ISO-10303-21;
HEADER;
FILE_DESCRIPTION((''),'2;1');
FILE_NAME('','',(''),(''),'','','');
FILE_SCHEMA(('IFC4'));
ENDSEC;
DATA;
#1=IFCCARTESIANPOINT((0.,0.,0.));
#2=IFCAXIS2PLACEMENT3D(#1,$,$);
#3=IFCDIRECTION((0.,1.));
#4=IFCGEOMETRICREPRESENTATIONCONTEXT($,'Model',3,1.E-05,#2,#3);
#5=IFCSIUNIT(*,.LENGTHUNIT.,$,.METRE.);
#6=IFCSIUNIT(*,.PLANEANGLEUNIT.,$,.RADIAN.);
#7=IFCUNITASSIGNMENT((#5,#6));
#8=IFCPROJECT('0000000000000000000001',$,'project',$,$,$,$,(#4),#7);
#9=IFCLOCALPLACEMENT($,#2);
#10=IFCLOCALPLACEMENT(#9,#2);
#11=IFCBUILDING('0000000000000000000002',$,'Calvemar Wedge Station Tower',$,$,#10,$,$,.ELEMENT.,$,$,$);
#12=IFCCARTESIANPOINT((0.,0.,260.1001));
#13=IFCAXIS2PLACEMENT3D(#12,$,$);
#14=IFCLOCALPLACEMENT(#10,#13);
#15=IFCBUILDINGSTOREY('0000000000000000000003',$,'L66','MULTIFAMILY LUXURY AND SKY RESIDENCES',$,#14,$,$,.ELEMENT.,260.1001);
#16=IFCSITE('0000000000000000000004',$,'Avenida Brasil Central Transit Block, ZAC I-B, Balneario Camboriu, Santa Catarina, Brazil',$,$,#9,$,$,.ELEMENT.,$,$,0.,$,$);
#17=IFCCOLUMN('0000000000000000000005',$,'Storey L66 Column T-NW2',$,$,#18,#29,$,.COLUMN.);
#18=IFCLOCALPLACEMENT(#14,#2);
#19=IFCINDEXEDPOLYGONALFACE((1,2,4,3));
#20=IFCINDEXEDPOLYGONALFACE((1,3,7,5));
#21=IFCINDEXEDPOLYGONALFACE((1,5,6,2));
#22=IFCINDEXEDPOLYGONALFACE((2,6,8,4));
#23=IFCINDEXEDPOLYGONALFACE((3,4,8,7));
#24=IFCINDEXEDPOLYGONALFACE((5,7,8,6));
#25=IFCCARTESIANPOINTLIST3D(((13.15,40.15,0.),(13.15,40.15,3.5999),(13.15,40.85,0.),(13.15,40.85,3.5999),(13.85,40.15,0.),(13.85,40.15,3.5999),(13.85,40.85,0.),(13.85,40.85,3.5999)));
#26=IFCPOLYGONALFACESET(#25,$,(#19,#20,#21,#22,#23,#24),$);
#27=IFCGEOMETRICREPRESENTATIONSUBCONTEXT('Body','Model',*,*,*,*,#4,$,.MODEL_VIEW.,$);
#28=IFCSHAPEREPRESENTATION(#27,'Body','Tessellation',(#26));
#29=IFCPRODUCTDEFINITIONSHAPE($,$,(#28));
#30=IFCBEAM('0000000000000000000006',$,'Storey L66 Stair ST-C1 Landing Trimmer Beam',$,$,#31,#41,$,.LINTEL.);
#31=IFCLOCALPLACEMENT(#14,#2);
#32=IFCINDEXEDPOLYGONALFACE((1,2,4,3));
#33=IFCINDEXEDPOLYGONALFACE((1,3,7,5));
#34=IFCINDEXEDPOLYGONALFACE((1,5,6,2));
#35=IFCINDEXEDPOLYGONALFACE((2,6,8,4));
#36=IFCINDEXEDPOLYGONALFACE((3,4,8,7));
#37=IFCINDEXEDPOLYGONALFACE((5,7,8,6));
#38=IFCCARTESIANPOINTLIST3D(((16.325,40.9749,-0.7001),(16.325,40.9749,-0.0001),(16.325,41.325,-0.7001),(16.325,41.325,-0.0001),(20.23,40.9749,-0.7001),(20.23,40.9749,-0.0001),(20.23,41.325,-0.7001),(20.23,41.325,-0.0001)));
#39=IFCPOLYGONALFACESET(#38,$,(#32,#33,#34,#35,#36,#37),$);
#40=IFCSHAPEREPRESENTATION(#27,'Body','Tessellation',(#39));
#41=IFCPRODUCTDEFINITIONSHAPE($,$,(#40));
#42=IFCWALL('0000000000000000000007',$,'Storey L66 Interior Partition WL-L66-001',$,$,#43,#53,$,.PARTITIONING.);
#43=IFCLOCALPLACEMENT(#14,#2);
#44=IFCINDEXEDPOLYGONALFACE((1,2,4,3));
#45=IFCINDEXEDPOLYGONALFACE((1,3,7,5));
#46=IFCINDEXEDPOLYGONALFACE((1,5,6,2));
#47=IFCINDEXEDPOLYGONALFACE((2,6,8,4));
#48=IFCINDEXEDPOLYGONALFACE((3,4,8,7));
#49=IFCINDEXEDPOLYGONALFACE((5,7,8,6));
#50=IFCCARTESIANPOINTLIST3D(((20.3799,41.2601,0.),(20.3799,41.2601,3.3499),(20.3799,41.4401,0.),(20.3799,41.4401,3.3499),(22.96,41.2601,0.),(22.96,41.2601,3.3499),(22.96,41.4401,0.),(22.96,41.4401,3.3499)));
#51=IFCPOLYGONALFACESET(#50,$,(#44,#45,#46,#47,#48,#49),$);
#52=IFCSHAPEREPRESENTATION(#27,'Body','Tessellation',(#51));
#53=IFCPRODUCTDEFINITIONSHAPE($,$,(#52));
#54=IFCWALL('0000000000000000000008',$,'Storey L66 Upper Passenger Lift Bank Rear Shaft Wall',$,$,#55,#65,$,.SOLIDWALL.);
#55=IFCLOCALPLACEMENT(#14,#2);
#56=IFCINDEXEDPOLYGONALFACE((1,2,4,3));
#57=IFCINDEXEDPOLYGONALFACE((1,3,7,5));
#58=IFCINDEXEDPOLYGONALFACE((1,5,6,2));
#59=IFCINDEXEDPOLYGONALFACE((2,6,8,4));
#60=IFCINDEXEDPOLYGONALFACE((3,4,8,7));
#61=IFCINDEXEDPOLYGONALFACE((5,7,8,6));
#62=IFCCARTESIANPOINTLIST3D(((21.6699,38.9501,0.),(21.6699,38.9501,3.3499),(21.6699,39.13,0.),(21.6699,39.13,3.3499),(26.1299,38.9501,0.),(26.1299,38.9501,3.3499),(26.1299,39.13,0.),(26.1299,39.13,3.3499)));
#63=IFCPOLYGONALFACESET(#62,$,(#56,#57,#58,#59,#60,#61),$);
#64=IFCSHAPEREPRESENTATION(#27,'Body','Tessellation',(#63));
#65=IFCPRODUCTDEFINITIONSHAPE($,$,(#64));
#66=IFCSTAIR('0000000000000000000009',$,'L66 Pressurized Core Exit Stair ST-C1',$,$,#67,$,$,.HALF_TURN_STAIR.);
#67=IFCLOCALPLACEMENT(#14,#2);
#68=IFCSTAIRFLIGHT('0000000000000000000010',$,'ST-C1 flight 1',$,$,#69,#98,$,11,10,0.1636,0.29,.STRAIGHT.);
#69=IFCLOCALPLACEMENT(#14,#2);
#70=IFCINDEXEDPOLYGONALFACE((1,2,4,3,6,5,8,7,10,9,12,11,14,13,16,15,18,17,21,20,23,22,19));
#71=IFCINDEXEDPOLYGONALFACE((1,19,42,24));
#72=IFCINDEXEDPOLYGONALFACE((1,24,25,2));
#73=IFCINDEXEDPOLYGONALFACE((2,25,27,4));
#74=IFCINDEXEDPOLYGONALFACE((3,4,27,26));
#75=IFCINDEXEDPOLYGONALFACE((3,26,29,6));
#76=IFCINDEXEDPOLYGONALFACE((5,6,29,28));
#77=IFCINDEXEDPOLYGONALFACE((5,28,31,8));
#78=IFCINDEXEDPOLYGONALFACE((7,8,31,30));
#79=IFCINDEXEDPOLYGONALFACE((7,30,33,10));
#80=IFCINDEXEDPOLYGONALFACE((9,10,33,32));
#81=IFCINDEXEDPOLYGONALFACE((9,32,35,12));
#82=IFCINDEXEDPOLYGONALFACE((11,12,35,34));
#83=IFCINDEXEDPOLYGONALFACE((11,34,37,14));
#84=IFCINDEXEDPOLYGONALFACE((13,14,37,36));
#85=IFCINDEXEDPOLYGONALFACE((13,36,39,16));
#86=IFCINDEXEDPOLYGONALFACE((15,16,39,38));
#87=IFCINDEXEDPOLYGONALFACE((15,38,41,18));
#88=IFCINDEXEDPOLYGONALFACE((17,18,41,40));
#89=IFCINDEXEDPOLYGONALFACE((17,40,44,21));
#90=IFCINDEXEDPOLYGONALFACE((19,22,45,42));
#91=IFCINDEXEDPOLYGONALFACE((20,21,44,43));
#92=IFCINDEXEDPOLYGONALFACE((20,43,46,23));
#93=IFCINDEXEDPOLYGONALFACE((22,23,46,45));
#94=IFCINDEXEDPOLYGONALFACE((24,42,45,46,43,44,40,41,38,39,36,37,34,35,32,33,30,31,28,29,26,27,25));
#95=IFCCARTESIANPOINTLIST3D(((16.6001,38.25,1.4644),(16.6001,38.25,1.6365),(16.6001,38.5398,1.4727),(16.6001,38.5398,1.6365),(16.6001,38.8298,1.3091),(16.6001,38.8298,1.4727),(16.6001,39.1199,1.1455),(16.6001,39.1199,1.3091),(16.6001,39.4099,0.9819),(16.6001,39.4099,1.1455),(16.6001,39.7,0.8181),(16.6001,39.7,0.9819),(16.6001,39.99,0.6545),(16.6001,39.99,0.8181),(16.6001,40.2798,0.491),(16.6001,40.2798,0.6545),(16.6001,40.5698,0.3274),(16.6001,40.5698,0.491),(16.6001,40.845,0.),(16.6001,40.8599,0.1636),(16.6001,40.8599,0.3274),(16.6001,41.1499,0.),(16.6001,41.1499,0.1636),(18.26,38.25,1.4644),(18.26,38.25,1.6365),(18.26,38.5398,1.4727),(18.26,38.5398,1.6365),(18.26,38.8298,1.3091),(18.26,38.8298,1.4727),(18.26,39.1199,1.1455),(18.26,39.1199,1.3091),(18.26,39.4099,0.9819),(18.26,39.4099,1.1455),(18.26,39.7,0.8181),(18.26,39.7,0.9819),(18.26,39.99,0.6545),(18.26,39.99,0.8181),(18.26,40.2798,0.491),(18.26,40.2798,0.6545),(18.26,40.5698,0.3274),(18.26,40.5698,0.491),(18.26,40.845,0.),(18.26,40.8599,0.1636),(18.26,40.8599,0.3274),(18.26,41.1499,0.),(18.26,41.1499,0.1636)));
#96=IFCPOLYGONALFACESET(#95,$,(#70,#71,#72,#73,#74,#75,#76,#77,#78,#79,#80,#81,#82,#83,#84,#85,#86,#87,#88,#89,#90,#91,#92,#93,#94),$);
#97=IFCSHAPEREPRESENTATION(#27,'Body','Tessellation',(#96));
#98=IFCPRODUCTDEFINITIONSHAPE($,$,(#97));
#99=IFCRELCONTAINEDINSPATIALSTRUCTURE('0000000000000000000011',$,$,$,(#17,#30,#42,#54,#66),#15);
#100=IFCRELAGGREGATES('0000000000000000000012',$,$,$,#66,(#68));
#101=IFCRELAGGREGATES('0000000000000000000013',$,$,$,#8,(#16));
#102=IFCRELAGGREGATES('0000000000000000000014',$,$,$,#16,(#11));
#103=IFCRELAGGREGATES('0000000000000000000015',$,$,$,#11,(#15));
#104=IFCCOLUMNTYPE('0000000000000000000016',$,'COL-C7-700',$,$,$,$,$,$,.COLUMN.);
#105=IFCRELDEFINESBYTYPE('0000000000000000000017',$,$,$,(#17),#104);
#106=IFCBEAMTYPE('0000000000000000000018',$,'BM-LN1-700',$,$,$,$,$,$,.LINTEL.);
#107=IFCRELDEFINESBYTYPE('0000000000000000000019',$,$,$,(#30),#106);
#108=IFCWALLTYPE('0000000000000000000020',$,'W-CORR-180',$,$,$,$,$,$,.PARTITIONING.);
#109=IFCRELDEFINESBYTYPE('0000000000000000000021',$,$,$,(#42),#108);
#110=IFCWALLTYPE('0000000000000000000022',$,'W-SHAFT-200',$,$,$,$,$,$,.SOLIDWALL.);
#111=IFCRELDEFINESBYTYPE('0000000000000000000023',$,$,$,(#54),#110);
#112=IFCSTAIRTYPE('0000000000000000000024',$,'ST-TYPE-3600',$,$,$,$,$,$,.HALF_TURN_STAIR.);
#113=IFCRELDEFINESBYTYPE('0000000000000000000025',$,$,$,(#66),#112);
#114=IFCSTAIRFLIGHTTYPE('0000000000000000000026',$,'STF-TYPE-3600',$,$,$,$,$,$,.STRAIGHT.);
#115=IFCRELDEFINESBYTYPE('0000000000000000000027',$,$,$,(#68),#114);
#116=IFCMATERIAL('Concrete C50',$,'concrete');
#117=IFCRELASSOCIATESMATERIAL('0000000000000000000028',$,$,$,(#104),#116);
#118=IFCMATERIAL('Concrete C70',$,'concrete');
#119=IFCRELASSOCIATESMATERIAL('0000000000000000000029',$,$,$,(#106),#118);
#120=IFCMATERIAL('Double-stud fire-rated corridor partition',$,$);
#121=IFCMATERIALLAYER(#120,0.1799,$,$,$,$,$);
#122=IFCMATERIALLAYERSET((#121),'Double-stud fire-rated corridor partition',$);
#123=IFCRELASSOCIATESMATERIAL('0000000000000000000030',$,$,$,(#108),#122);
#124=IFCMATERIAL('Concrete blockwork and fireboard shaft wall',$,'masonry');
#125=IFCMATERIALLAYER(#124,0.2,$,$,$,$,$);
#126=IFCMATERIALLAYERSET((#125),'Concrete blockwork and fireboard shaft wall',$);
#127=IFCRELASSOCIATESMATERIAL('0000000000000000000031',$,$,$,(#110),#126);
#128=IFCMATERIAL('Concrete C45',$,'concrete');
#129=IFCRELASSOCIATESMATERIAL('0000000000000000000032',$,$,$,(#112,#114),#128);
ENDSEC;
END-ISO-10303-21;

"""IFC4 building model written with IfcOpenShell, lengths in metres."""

from ifc_helpers import new_model, si_unit, direction, frame, frame_2d, origin, origin_2d, place, context, subcontext, project, spatial, polyline, rectangle, outline, extrude, source, transform, mapped, material, layer, layer_set, material_profile, profile_set, type_object, element, aggregate, save


model = new_model("IFC4")

# Units and contexts
model_context = context("Model", 3, precision=1e-05, world=origin(), true_north=direction((0.0, 1.0)))
body_context = subcontext(model_context, "Body", "Model", "MODEL_VIEW")
ifc_project = project(units=[si_unit("LENGTHUNIT", "METRE"), si_unit("PLANEANGLEUNIT", "RADIAN")], contexts=[model_context])

# Site, building, storey
site_placement = place(None, origin())
site = spatial("IfcSite", under=ifc_project, at=site_placement, Name="Avenida Brasil Central Transit Block, ZAC I-B, Balneario Camboriu, Santa Catarina, Brazil", CompositionType="ELEMENT", RefElevation=0.0)
building_placement = place(site_placement, origin())
building = spatial("IfcBuilding", under=site, at=building_placement, Name="Calvemar Wedge Station Tower", CompositionType="ELEMENT")
storey_placement = place(building_placement, frame((0.0, 0.0, 260.1001)))
storey = spatial("IfcBuildingStorey", under=building, at=storey_placement, Name="L66", Description="MULTIFAMILY LUXURY AND SKY RESIDENCES", CompositionType="ELEMENT", Elevation=260.1001)

# Column
ifc_material_1 = material(Name="Concrete C50", Category="concrete")
ifc_material_profile_1 = material_profile(ifc_material_1, rectangle(XDim=0.7, YDim=0.7, at=origin_2d()), Name="RC700x700")
ifc_profile_set_1 = profile_set([ifc_material_profile_1], Name="Concrete C50")
column_type = type_object("IfcColumnType", Name="COL-C7-700", PredefinedType="COLUMN", material=ifc_profile_set_1)
shared_shape_1 = source(origin(), body_context, "Body", "SweptSolid", [
    extrude(rectangle(XDim=0.7, YDim=0.7, at=origin_2d()), origin(), (0.0, 0.0, 1.0), 3.5999),
])
column_placement = place(storey_placement, frame((13.5, 40.5, 0.0), z_axis=(0.0, 0.0, 1.0), x_axis=(1.0, 0.0, 0.0)))
element("IfcColumn", 1, at=column_placement, inside=storey, type_object=column_type, Name="Storey L66 Column T-NW2", PredefinedType="COLUMN", context=body_context, shape_type="MappedRepresentation", body=[
    mapped(shared_shape_1, transform((0.0, 0.0, 0.0), scale=1.0)),
])

# Beam
ifc_material_2 = material(Name="Concrete C70", Category="concrete")
ifc_material_profile_2 = material_profile(ifc_material_2, rectangle(XDim=0.3501, YDim=0.7, at=origin_2d()), Name="RC350x700")
ifc_profile_set_2 = profile_set([ifc_material_profile_2], Name="Concrete C70")
beam_type = type_object("IfcBeamType", Name="BM-LN1-700", PredefinedType="LINTEL", material=ifc_profile_set_2)
shared_shape_2 = source(origin(), body_context, "Body", "SweptSolid", [
    extrude(rectangle(XDim=0.3501, YDim=0.7, at=origin_2d()), origin(), (0.0, 0.0, 1.0), 3.905),
])
beam_placement = place(storey_placement, frame((16.325, 41.1499, -0.3501), z_axis=(1.0, 0.0, 0.0), x_axis=(0.0, 1.0, 0.0)))
element("IfcBeam", 2, at=beam_placement, inside=storey, type_object=beam_type, Name="Storey L66 Stair ST-C1 Landing Trimmer Beam", PredefinedType="LINTEL", context=body_context, shape_type="MappedRepresentation", body=[
    mapped(shared_shape_2, transform((0.0, 0.0, 0.0), scale=1.0)),
])

# Wall
ifc_material_3 = material(Name="Double-stud fire-rated corridor partition")
ifc_layer_1 = layer(ifc_material_3, 0.1799)
ifc_layer_set_1 = layer_set([ifc_layer_1], Name="Double-stud fire-rated corridor partition")
wall_type_1 = type_object("IfcWallType", Name="W-CORR-180", PredefinedType="PARTITIONING", material=ifc_layer_set_1)
wall_1_placement = place(storey_placement, frame((22.96, 41.3501, 0.0), z_axis=(0.0, 0.0, 1.0), x_axis=(-1.0, 0.0, 0.0)))
element("IfcWall", 3, at=wall_1_placement, inside=storey, type_object=wall_type_1, Name="Storey L66 Interior Partition WL-L66-001", PredefinedType="PARTITIONING", context=body_context, shape_type="SweptSolid", body=[
    extrude(rectangle(XDim=2.5801, YDim=0.1799, at=frame_2d((1.29, 0.0))), origin(), (0.0, 0.0, 1.0), 3.3499),
])

# Wall
ifc_material_4 = material(Name="Concrete blockwork and fireboard shaft wall", Category="masonry")
ifc_layer_2 = layer(ifc_material_4, 0.2)
ifc_layer_set_2 = layer_set([ifc_layer_2], Name="Concrete blockwork and fireboard shaft wall")
wall_type_2 = type_object("IfcWallType", Name="W-SHAFT-200", PredefinedType="SOLIDWALL", material=ifc_layer_set_2)
wall_2_placement = place(storey_placement, frame((21.6699, 39.04, 0.0), z_axis=(0.0, 0.0, 1.0), x_axis=(1.0, 0.0, 0.0)))
element("IfcWall", 4, at=wall_2_placement, inside=storey, type_object=wall_type_2, Name="Storey L66 Upper Passenger Lift Bank Rear Shaft Wall", PredefinedType="SOLIDWALL", context=body_context, shape_type="SweptSolid", body=[
    extrude(rectangle(XDim=4.46, YDim=0.1799, at=frame_2d((2.23, 0.0))), origin(), (0.0, 0.0, 1.0), 3.3499),
])

# Stair, stair flight
ifc_material_5 = material(Name="Concrete C45", Category="concrete")
stair_type = type_object("IfcStairType", Name="ST-TYPE-3600", PredefinedType="HALF_TURN_STAIR", material=ifc_material_5)
stair_placement = place(storey_placement, origin())
stair = element("IfcStair", 5, at=stair_placement, inside=storey, type_object=stair_type, Name="L66 Pressurized Core Exit Stair ST-C1", PredefinedType="HALF_TURN_STAIR")
stair_flight_type = type_object("IfcStairFlightType", Name="STF-TYPE-3600", PredefinedType="STRAIGHT", material=ifc_material_5)
stair_flight_placement = place(storey_placement, frame((17.4299, 41.1499, 0.0), z_axis=(0.0, 0.0, 1.0), x_axis=(0.0, -1.0, 0.0)))
stair_flight = element("IfcStairFlight", 6, at=stair_flight_placement, type_object=stair_flight_type, Name="ST-C1 flight 1", NumberOfRisers=11, NumberOfTreads=10, PredefinedType="STRAIGHT", RiserHeight=0.1636, TreadLength=0.29, context=body_context, shape_type="SweptSolid", body=[
    extrude(outline(polyline([(0.0, 0.0), (0.0, 0.1636), (0.29, 0.1636), (0.29, 0.3274), (0.5801, 0.3274), (0.5801, 0.491), (0.8701, 0.491), (0.8701, 0.6545), (1.1599, 0.6545), (1.1599, 0.8181), (1.45, 0.8181), (1.45, 0.9819), (1.74, 0.9819), (1.74, 1.1455), (2.03, 1.1455), (2.03, 1.3091), (2.3201, 1.3091), (2.3201, 1.4727), (2.6101, 1.4727), (2.6101, 1.6365), (2.8999, 1.6365), (2.8999, 1.8), (2.8999, 1.4644), (0.3049, 0.0), (0.0, 0.0)])), frame((0.0, 0.8301, 0.0), z_axis=(0.0, -1.0, 0.0), x_axis=(1.0, 0.0, 0.0)), (0.0, 0.0, 1.0), 1.6599),
])
aggregate(stair, [stair_flight])

save(model, "model.ifc")
